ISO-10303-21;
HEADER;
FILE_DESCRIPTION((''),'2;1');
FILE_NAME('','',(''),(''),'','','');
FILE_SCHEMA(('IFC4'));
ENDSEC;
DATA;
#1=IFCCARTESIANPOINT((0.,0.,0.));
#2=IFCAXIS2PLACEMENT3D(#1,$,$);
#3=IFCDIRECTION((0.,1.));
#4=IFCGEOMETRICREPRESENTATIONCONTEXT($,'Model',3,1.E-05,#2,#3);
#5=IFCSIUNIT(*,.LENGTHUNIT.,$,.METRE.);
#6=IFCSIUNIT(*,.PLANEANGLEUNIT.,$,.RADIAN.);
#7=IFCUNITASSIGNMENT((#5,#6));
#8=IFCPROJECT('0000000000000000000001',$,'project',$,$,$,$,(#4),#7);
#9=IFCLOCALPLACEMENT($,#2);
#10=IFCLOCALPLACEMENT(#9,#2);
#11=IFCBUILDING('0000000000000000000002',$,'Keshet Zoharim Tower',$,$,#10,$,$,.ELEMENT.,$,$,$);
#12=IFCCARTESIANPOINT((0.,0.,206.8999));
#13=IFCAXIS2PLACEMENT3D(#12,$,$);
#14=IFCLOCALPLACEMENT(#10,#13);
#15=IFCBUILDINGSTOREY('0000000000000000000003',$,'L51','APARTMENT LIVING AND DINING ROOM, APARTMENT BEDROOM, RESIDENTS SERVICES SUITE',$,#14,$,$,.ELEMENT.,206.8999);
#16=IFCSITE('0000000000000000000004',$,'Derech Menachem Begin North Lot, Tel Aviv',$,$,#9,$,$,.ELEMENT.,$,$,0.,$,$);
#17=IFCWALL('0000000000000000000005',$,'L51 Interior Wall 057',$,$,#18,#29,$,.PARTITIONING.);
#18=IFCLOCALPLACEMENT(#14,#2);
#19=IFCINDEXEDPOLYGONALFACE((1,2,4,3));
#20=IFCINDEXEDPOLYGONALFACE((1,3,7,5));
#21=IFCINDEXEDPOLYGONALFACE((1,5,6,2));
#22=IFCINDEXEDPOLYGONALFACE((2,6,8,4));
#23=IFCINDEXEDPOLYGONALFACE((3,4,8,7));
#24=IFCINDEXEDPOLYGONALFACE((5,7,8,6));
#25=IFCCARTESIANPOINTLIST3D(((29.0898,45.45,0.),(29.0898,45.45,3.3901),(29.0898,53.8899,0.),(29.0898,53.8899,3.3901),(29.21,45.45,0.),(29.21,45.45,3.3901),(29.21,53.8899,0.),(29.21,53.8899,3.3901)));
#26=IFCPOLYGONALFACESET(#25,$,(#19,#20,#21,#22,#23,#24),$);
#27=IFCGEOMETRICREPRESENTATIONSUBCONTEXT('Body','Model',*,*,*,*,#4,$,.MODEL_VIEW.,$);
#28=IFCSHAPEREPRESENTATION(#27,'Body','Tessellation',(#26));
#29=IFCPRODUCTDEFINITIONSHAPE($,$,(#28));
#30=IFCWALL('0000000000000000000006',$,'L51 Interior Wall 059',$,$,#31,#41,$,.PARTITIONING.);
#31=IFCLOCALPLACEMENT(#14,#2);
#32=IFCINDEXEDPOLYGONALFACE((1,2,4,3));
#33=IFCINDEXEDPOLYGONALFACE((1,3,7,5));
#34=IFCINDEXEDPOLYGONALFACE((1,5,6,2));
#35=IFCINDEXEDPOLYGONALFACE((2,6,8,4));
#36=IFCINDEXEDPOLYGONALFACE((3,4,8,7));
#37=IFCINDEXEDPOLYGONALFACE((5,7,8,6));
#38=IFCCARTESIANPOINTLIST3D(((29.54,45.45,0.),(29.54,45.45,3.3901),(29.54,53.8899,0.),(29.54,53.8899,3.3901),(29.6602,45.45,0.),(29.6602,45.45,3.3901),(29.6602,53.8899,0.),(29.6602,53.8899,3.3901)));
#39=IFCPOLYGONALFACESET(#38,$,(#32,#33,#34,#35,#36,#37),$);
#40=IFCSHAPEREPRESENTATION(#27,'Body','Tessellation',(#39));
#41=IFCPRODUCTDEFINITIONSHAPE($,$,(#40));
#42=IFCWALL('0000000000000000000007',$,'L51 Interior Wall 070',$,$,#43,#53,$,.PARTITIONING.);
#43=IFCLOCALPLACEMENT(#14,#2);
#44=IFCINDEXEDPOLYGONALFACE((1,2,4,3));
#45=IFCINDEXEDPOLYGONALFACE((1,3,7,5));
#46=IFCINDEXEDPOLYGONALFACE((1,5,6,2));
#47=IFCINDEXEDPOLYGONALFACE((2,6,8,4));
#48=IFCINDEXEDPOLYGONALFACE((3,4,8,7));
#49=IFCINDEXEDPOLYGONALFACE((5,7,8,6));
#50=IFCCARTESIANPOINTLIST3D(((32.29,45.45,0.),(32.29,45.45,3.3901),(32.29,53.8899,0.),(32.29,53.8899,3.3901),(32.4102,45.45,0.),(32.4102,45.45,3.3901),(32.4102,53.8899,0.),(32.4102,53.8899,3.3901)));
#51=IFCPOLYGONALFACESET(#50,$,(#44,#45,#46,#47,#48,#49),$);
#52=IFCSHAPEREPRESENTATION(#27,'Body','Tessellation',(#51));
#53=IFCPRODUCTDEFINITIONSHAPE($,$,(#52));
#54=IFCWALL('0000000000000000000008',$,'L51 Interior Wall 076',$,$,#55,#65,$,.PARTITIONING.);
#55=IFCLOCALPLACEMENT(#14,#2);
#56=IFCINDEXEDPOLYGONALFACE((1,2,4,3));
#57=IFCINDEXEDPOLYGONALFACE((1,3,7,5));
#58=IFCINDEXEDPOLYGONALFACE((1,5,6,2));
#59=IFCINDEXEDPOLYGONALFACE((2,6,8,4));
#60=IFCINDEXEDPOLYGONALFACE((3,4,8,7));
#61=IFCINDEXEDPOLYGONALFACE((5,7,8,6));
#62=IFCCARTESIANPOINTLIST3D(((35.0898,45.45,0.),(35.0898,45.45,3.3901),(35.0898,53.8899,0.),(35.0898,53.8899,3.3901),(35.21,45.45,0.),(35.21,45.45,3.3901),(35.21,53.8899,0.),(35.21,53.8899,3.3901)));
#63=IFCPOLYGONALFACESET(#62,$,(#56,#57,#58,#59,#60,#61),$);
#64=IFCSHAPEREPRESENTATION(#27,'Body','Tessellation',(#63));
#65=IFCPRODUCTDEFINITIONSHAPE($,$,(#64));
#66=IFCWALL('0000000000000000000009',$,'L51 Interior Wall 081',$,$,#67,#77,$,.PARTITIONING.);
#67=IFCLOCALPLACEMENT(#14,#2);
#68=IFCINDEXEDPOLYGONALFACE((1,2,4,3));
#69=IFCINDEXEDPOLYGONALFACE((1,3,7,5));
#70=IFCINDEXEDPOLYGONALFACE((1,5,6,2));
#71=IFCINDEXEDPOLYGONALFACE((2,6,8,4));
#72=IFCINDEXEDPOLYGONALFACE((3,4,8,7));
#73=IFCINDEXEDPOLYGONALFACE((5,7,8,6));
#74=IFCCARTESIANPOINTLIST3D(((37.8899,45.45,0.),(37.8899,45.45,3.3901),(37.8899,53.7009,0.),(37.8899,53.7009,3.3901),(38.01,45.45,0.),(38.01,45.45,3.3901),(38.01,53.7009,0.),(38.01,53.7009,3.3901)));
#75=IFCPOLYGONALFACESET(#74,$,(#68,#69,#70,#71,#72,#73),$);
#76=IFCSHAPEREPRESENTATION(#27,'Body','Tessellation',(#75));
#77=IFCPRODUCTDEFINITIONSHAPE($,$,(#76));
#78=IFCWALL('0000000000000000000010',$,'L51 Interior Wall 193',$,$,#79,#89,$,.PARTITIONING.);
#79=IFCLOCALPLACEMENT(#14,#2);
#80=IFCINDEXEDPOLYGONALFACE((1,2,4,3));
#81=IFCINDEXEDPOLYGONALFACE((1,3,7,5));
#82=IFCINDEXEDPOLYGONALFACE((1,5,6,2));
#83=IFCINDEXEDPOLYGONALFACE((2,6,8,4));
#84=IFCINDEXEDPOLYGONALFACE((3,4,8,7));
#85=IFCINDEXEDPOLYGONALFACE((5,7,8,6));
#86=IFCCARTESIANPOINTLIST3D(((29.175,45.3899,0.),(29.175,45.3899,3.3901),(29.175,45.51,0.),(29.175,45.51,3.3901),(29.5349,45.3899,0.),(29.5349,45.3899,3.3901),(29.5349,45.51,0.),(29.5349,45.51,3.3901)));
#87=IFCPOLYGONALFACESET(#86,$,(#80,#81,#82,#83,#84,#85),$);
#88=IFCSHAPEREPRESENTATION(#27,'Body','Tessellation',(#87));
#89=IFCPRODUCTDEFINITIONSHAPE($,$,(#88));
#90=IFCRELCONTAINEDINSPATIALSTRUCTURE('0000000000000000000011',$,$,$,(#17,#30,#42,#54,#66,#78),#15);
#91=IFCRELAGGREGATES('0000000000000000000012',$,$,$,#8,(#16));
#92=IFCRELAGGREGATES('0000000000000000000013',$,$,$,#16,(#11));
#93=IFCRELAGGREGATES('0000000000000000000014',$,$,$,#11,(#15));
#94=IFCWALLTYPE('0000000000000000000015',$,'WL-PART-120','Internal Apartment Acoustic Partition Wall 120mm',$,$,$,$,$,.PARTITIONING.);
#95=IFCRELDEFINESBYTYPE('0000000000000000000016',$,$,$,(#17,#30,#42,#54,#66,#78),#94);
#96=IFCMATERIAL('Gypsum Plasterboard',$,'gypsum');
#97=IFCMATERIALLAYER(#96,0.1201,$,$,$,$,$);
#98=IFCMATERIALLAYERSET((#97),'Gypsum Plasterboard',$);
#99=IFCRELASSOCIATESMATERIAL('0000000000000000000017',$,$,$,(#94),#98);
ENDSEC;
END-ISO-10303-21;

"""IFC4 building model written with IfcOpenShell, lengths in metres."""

from ifc_helpers import new_model, si_unit, direction, frame, frame_2d, origin, place, context, subcontext, project, spatial, rectangle, extrude, material, layer, layer_set, type_object, element, save


model = new_model("IFC4")

# Units and contexts
model_context = context("Model", 3, precision=1e-05, world=origin(), true_north=direction((0.0, 1.0)))
body_context = subcontext(model_context, "Body", "Model", "MODEL_VIEW")
ifc_project = project(units=[si_unit("LENGTHUNIT", "METRE"), si_unit("PLANEANGLEUNIT", "RADIAN")], contexts=[model_context])

# Site, building, storey
site_placement = place(None, origin())
site = spatial("IfcSite", under=ifc_project, at=site_placement, Name="Derech Menachem Begin North Lot, Tel Aviv", CompositionType="ELEMENT", RefElevation=0.0)
building_placement = place(site_placement, origin())
building = spatial("IfcBuilding", under=site, at=building_placement, Name="Keshet Zoharim Tower", CompositionType="ELEMENT")
storey_placement = place(building_placement, frame((0.0, 0.0, 206.8999)))
storey = spatial("IfcBuildingStorey", under=building, at=storey_placement, Name="L51", Description="APARTMENT LIVING AND DINING ROOM, APARTMENT BEDROOM, RESIDENTS SERVICES SUITE", CompositionType="ELEMENT", Elevation=206.8999)

# Walls
ifc_material_1 = material(Name="Gypsum Plasterboard", Category="gypsum")
ifc_layer_1 = layer(ifc_material_1, 0.1201)
ifc_layer_set_1 = layer_set([ifc_layer_1], Name="Gypsum Plasterboard")
wall_type = type_object("IfcWallType", Name="WL-PART-120", Description="Internal Apartment Acoustic Partition Wall 120mm", PredefinedType="PARTITIONING", material=ifc_layer_set_1)
for number, where, z_axis, x_axis, name in (
    (1, (29.1499, 45.45, 0.0), (0.0, 0.0, 1.0), (0.0, 1.0, 0.0), "L51 Interior Wall 057"),
    (2, (29.6001, 45.45, 0.0), (0.0, 0.0, 1.0), (0.0, 1.0, 0.0), "L51 Interior Wall 059"),
    (3, (32.3501, 45.45, 0.0), (0.0, 0.0, 1.0), (0.0, 1.0, 0.0), "L51 Interior Wall 070"),
    (4, (35.1499, 45.45, 0.0), (0.0, 0.0, 1.0), (0.0, 1.0, 0.0), "L51 Interior Wall 076"),
):
    element("IfcWall", number, at=place(storey_placement, frame(where, z_axis=z_axis, x_axis=x_axis)), inside=storey, type_object=wall_type, Name=name, PredefinedType="PARTITIONING", context=body_context, shape_type="SweptSolid", body=[
        extrude(rectangle(XDim=8.4399, YDim=0.1201, at=frame_2d((4.22, 0.0))), origin(), (0.0, 0.0, 1.0), 3.3901),
    ])
wall_1_placement = place(storey_placement, frame((37.95, 45.45, 0.0), z_axis=(0.0, 0.0, 1.0), x_axis=(0.0, 1.0, 0.0)))
element("IfcWall", 5, at=wall_1_placement, inside=storey, type_object=wall_type, Name="L51 Interior Wall 081", PredefinedType="PARTITIONING", context=body_context, shape_type="SweptSolid", body=[
    extrude(rectangle(XDim=8.251, YDim=0.1201, at=frame_2d((4.1255, 0.0))), origin(), (0.0, 0.0, 1.0), 3.3901),
])
wall_2_placement = place(storey_placement, frame((29.175, 45.45, 0.0), z_axis=(0.0, 0.0, 1.0), x_axis=(1.0, 0.0, 0.0)))
element("IfcWall", 6, at=wall_2_placement, inside=storey, type_object=wall_type, Name="L51 Interior Wall 193", PredefinedType="PARTITIONING", context=body_context, shape_type="SweptSolid", body=[
    extrude(rectangle(XDim=0.3599, YDim=0.1201, at=frame_2d((0.1799, 0.0))), origin(), (0.0, 0.0, 1.0), 3.3901),
])

save(model, "model.ifc")
